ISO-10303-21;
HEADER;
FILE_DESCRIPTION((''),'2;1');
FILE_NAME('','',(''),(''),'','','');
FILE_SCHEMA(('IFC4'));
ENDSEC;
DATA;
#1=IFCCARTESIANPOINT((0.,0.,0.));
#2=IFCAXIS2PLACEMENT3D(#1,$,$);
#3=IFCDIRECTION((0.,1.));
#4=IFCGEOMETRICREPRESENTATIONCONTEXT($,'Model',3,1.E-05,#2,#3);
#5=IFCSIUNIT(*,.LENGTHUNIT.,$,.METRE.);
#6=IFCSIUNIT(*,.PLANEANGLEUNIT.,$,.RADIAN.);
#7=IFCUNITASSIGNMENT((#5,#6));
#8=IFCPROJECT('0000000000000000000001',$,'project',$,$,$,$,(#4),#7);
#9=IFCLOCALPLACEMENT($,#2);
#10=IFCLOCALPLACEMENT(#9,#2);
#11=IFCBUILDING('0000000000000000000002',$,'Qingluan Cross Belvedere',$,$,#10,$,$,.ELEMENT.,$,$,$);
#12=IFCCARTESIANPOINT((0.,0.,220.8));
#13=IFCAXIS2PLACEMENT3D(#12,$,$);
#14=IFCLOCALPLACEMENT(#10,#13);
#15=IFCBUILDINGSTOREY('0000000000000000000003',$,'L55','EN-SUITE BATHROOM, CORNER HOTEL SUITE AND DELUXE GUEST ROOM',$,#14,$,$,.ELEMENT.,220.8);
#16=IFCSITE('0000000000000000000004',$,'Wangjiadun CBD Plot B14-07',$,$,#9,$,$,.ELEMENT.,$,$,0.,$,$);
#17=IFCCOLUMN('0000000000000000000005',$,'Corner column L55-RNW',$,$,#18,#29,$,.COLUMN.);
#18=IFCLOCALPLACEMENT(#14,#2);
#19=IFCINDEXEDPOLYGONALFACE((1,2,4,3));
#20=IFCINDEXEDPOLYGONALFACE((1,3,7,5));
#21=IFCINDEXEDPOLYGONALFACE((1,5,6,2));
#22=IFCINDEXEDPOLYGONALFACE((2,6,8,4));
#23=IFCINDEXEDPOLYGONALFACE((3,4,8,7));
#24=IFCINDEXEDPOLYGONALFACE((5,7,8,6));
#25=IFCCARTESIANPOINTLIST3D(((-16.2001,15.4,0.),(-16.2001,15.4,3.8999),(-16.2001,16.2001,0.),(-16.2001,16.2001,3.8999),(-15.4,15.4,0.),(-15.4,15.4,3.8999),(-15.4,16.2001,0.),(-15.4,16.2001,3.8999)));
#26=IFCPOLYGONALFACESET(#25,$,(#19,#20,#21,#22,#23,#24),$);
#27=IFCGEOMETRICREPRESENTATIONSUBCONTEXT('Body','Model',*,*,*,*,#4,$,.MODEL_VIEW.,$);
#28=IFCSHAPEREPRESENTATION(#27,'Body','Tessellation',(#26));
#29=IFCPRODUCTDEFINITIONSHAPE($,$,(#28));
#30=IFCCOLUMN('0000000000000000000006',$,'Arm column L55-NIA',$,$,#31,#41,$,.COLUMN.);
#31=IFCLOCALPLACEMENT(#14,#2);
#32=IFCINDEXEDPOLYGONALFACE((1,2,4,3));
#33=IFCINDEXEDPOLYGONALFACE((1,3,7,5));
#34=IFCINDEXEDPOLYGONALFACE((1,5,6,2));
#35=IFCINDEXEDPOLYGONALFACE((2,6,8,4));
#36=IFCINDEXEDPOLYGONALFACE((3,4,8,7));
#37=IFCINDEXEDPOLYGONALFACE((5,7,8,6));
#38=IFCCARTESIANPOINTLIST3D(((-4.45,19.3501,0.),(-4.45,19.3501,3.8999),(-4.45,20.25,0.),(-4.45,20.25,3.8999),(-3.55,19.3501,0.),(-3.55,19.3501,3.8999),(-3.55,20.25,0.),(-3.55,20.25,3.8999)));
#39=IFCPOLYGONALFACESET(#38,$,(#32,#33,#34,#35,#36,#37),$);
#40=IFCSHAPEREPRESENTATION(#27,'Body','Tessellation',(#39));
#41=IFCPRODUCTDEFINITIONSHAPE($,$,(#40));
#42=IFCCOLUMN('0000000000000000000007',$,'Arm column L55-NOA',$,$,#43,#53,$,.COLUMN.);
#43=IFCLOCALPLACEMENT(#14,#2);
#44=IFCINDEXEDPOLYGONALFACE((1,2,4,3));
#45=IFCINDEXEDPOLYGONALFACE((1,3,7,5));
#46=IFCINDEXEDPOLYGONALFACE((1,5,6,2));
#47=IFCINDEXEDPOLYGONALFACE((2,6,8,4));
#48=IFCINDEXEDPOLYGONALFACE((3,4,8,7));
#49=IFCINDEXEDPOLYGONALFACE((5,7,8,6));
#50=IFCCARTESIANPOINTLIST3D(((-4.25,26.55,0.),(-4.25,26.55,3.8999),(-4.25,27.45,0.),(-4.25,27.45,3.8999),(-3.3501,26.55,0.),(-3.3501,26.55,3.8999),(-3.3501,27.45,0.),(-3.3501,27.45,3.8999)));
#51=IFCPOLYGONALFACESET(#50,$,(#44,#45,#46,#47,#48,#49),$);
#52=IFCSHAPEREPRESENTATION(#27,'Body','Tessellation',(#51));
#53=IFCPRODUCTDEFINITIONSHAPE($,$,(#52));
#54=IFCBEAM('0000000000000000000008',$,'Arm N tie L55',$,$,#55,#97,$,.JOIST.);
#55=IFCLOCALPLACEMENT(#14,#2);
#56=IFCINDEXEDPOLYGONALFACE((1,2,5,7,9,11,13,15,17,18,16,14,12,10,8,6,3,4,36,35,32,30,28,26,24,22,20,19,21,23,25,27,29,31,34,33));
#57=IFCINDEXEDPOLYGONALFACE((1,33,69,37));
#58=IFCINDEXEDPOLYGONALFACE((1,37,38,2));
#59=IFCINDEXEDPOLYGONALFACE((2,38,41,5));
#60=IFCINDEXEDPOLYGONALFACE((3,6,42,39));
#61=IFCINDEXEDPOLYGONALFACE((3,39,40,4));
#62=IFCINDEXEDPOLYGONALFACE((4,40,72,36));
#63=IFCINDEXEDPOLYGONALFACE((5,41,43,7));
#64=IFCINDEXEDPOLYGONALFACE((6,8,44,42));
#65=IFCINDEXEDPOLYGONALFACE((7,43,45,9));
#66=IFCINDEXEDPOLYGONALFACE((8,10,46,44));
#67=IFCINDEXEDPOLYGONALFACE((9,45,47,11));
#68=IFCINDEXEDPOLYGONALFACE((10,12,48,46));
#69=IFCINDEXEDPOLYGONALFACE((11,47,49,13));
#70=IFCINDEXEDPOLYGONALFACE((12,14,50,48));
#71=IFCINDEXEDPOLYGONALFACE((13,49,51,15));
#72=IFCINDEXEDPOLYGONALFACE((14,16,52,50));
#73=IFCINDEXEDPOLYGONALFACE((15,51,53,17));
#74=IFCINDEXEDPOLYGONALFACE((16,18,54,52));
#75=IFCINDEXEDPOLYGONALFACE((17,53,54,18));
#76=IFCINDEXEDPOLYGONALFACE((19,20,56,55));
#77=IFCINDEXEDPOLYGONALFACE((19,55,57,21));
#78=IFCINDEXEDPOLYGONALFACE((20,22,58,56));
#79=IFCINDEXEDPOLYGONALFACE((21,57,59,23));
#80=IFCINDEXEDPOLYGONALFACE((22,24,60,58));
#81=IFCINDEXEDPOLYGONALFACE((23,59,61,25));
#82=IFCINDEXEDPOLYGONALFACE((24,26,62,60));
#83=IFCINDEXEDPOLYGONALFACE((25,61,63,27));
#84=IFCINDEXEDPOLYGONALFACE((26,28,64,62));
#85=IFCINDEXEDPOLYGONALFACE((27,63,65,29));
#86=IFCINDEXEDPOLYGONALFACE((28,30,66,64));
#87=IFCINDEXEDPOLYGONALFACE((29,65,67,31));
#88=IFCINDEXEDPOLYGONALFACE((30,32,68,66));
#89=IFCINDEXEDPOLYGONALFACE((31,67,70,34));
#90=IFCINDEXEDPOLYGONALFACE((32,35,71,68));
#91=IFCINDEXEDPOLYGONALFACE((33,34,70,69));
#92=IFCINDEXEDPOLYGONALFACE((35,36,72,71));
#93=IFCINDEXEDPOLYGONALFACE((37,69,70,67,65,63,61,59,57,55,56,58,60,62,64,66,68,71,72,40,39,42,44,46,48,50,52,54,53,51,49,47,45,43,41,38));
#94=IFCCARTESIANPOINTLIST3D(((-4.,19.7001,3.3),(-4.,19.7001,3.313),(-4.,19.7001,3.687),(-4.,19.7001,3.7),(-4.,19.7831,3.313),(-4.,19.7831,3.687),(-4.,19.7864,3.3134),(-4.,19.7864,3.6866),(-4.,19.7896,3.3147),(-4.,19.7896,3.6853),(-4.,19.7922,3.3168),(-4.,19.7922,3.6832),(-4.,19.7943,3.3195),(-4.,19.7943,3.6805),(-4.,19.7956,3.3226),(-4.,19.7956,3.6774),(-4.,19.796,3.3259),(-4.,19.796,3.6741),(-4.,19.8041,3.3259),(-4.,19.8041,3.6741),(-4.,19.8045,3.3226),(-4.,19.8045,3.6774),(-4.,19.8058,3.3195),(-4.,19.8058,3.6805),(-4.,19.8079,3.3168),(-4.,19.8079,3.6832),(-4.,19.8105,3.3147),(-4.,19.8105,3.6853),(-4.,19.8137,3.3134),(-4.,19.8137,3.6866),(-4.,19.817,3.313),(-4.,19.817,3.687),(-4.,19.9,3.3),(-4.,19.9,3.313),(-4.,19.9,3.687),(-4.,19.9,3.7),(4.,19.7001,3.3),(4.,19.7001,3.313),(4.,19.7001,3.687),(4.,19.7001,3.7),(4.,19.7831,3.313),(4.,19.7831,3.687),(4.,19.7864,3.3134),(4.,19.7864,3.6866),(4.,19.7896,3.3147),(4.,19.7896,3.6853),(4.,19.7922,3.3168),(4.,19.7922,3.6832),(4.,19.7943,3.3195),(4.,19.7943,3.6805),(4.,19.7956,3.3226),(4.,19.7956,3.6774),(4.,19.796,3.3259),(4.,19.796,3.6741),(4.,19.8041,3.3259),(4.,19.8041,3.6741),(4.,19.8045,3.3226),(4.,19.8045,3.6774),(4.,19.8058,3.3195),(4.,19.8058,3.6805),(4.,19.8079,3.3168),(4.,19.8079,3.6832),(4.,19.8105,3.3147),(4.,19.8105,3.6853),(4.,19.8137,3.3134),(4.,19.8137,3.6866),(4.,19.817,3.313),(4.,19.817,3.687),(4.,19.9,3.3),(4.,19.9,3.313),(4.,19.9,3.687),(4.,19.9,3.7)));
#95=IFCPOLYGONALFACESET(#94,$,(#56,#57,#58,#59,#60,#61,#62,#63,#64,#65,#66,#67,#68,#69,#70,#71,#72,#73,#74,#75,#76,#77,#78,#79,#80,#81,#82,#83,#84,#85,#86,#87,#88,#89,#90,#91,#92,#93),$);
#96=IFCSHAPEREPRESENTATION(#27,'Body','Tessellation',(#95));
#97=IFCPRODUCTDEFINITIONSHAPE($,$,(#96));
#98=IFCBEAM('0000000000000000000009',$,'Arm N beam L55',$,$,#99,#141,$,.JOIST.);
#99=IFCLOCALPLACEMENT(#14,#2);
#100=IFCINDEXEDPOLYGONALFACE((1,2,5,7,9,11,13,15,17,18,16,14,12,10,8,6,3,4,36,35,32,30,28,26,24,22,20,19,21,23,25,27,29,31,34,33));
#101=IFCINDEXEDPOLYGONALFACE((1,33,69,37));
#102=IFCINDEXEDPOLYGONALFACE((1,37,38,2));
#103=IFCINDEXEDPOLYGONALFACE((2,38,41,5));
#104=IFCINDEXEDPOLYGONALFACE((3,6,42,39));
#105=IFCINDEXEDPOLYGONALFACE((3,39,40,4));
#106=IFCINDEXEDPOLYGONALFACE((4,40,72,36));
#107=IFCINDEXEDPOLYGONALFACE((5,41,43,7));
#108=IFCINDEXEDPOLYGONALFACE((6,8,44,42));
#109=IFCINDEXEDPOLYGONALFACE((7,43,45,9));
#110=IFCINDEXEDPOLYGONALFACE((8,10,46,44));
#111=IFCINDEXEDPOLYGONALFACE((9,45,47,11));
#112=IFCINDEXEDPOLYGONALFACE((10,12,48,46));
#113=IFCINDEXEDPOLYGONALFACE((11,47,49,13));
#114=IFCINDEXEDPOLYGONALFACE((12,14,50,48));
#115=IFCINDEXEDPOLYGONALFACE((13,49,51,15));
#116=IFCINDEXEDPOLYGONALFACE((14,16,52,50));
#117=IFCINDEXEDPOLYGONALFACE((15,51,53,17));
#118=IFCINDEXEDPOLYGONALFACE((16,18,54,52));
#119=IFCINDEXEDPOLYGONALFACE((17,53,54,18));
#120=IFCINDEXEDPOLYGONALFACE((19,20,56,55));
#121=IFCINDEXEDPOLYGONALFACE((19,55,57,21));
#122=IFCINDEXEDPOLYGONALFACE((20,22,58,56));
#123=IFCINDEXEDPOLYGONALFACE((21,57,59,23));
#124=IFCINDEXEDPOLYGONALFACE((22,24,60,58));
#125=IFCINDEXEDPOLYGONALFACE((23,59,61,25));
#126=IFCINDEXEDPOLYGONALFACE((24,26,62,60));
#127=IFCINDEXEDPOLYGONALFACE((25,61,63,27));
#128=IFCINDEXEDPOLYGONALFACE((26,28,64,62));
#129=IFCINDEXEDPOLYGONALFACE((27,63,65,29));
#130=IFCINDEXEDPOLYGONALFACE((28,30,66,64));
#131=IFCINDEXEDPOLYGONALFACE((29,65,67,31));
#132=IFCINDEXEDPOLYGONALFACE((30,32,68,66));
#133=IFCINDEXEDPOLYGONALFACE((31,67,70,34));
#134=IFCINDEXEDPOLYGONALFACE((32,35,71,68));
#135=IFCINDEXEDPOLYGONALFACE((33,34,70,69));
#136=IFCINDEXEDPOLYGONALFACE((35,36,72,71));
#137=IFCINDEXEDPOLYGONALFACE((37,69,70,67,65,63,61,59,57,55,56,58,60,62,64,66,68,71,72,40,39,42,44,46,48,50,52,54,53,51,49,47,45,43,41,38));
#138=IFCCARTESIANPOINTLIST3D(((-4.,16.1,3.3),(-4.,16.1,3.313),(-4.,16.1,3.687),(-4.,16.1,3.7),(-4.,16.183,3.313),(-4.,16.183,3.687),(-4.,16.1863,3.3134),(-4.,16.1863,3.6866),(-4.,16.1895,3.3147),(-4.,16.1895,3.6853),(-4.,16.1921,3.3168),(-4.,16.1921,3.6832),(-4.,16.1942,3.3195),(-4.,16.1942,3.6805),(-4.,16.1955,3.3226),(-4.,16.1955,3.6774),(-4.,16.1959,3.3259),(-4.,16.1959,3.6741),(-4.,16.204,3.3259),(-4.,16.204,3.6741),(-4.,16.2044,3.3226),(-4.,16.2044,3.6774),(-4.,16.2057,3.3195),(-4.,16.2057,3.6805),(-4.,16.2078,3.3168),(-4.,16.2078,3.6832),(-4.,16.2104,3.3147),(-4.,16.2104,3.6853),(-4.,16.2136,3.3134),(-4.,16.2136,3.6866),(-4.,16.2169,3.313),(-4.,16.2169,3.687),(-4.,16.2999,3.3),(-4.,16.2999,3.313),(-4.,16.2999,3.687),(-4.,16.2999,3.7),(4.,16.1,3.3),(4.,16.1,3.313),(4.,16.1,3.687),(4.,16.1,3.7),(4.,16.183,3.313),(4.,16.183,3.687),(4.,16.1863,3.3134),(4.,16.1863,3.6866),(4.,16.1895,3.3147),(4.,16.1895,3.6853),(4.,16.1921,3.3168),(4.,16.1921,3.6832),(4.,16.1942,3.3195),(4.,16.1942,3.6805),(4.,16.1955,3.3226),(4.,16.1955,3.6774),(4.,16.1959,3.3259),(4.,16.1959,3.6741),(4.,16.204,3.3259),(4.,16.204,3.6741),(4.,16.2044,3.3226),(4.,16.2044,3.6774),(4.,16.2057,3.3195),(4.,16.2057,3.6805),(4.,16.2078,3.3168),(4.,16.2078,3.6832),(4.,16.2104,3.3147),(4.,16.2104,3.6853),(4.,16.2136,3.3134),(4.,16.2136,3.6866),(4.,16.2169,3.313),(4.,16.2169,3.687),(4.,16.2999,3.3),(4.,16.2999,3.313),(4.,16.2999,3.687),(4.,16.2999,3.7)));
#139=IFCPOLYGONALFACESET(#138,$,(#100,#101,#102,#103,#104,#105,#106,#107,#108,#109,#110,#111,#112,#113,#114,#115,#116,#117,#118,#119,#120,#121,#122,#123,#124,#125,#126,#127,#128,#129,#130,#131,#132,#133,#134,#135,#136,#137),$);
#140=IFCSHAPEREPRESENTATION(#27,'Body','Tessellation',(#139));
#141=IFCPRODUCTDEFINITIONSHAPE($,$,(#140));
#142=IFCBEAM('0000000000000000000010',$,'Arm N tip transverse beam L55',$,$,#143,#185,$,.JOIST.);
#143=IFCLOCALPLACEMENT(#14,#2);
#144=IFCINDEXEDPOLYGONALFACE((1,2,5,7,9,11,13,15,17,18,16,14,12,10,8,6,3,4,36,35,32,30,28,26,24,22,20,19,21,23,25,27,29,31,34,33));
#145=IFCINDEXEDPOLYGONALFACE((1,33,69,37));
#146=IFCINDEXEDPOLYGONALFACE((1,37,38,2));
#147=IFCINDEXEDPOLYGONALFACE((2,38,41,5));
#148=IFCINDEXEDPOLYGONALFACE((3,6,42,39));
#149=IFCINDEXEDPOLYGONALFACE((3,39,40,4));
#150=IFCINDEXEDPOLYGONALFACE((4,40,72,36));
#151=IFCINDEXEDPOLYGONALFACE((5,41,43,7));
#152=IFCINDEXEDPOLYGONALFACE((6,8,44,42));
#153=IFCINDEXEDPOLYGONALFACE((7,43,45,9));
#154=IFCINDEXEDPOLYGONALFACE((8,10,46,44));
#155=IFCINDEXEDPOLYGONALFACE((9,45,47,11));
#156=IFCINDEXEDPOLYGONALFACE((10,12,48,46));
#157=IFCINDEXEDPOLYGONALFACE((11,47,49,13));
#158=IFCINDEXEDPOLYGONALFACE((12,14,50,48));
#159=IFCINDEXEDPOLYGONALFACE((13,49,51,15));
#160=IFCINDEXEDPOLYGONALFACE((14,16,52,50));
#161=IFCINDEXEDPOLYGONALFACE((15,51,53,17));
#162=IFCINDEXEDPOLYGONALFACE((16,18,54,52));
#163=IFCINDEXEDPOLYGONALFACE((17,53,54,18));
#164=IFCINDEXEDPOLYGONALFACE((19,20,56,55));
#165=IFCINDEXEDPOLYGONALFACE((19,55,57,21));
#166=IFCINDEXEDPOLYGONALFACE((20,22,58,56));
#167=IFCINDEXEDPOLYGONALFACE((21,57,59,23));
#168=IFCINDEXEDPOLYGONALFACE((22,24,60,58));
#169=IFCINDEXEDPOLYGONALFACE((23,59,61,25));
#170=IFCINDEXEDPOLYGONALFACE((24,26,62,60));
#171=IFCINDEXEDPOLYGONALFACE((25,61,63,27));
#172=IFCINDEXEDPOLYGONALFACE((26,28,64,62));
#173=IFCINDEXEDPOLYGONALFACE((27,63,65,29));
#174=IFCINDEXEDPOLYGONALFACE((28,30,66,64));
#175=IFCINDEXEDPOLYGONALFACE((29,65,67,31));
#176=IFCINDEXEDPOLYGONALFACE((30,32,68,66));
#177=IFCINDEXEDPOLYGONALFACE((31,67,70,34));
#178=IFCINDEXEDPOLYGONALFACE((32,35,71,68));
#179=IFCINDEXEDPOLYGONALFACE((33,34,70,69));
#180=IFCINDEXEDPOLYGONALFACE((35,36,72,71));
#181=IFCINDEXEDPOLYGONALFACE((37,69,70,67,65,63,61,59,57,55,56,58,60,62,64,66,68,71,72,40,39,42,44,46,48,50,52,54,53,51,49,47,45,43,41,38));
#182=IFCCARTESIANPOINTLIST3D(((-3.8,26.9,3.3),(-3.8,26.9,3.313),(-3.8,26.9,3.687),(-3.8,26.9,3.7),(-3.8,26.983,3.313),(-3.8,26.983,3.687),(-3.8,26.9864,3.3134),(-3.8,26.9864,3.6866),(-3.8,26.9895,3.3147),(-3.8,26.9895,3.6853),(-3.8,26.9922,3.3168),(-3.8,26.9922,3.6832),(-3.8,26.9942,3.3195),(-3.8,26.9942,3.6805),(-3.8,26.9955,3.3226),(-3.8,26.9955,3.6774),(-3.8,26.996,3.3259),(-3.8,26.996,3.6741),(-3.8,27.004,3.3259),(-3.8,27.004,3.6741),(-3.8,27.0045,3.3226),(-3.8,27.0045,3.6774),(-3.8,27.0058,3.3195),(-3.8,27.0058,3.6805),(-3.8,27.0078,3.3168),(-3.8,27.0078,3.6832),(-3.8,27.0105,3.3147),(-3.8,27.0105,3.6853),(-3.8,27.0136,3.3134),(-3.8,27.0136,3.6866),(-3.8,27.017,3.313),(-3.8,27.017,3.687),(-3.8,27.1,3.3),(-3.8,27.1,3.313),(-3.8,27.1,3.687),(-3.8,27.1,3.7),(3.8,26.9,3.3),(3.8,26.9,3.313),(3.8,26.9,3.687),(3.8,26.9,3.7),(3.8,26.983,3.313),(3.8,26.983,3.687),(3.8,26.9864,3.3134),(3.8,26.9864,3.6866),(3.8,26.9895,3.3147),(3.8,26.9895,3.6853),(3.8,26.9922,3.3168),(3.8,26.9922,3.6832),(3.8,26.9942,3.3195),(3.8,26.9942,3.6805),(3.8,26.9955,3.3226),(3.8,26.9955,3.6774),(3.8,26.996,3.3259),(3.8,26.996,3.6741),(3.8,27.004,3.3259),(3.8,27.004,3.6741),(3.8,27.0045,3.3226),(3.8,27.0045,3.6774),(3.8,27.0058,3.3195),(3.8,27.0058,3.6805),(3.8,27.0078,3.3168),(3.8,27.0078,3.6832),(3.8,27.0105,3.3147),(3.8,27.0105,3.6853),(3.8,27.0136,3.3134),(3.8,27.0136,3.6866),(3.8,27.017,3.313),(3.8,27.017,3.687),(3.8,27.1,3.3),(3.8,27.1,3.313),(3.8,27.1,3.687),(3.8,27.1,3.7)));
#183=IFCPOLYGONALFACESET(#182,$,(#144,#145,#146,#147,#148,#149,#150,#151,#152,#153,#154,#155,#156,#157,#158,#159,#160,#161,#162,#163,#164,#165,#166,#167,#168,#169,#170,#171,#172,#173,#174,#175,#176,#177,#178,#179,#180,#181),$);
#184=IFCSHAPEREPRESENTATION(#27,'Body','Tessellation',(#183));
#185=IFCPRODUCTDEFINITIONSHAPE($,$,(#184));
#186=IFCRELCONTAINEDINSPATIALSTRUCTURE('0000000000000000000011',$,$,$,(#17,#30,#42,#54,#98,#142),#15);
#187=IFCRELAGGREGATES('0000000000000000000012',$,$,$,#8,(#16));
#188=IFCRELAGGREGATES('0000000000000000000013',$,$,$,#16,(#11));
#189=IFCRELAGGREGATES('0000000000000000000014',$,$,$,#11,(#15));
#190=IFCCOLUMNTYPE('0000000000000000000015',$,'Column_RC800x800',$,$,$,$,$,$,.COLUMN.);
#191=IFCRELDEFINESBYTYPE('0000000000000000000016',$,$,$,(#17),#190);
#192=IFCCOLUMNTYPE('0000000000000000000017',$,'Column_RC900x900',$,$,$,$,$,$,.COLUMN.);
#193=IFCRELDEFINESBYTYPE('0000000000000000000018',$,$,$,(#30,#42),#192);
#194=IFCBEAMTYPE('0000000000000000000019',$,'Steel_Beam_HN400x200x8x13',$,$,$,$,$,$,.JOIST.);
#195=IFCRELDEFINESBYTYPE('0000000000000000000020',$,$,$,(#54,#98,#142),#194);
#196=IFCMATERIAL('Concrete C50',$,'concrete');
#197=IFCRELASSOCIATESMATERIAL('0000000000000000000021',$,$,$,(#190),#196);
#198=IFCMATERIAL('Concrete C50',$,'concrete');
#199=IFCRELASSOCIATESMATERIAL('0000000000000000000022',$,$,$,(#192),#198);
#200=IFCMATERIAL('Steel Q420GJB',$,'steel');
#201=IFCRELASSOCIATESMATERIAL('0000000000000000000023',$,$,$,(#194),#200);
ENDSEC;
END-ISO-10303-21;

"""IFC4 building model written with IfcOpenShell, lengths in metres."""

from ifc_helpers import new_model, si_unit, direction, frame, origin, origin_2d, place, context, subcontext, project, spatial, rectangle, i_section, extrude, material, material_profile, profile_set, type_object, element, save


model = new_model("IFC4")

# Units and contexts
model_context = context("Model", 3, precision=1e-05, world=origin(), true_north=direction((0.0, 1.0)))
body_context = subcontext(model_context, "Body", "Model", "MODEL_VIEW")
ifc_project = project(units=[si_unit("LENGTHUNIT", "METRE"), si_unit("PLANEANGLEUNIT", "RADIAN")], contexts=[model_context])

# Site, building, storey
site_placement = place(None, origin())
site = spatial("IfcSite", under=ifc_project, at=site_placement, Name="Wangjiadun CBD Plot B14-07", CompositionType="ELEMENT", RefElevation=0.0)
building_placement = place(site_placement, origin())
building = spatial("IfcBuilding", under=site, at=building_placement, Name="Qingluan Cross Belvedere", CompositionType="ELEMENT")
storey_placement = place(building_placement, frame((0.0, 0.0, 220.8)))
storey = spatial("IfcBuildingStorey", under=building, at=storey_placement, Name="L55", Description="EN-SUITE BATHROOM, CORNER HOTEL SUITE AND DELUXE GUEST ROOM", CompositionType="ELEMENT", Elevation=220.8)

# Columns
ifc_material_1 = material(Name="Concrete C50", Category="concrete")
ifc_material_profile_1 = material_profile(ifc_material_1, rectangle(XDim=0.8, YDim=0.8, at=origin_2d()), Name="RC800x800")
ifc_profile_set_1 = profile_set([ifc_material_profile_1], Name="Concrete C50")
column_type_1 = type_object("IfcColumnType", Name="Column_RC800x800", PredefinedType="COLUMN", material=ifc_profile_set_1)
column_placement = place(storey_placement, frame((-15.8, 15.8, 0.0), z_axis=(0.0, 0.0, 1.0), x_axis=(1.0, 0.0, 0.0)))
element("IfcColumn", 1, at=column_placement, inside=storey, type_object=column_type_1, Name="Corner column L55-RNW", PredefinedType="COLUMN", context=body_context, shape_type="SweptSolid", body=[
    extrude(rectangle(XDim=0.8, YDim=0.8, at=origin_2d()), origin(), (0.0, 0.0, 1.0), 3.8999),
])
ifc_material_2 = material(Name="Concrete C50", Category="concrete")
ifc_material_profile_2 = material_profile(ifc_material_2, rectangle(XDim=0.8999, YDim=0.8999, at=origin_2d()), Name="RC900x900")
ifc_profile_set_2 = profile_set([ifc_material_profile_2], Name="Concrete C50")
column_type_2 = type_object("IfcColumnType", Name="Column_RC900x900", PredefinedType="COLUMN", material=ifc_profile_set_2)
for number, where, z_axis, x_axis, name in (
    (2, (-4.0, 19.8, 0.0), (0.0, 0.0, 1.0), (1.0, 0.0, 0.0), "Arm column L55-NIA"),
    (3, (-3.8, 27.0, 0.0), (0.0, 0.0, 1.0), (1.0, 0.0, 0.0), "Arm column L55-NOA"),
):
    element("IfcColumn", number, at=place(storey_placement, frame(where, z_axis=z_axis, x_axis=x_axis)), inside=storey, type_object=column_type_2, Name=name, PredefinedType="COLUMN", context=body_context, shape_type="SweptSolid", body=[
        extrude(rectangle(XDim=0.8999, YDim=0.8999, at=origin_2d()), origin(), (0.0, 0.0, 1.0), 3.8999),
    ])

# Beams
ifc_material_3 = material(Name="Steel Q420GJB", Category="steel")
ifc_material_profile_3 = material_profile(ifc_material_3, i_section(OverallWidth=0.2, OverallDepth=0.3999, WebThickness=0.0081, FlangeThickness=0.0129, FilletRadius=0.0129, at=origin_2d()), Name="HN400x200x8x13")
ifc_profile_set_3 = profile_set([ifc_material_profile_3], Name="Steel Q420GJB")
beam_type_1 = type_object("IfcBeamType", Name="Steel_Beam_HN400x200x8x13", PredefinedType="JOIST", material=ifc_profile_set_3)
for number, where, z_axis, x_axis, name in (
    (4, (-4.0, 19.8, 3.5), (1.0, 0.0, 0.0), (0.0, 1.0, 0.0), "Arm N tie L55"),
    (5, (-4.0, 16.2, 3.5), (1.0, 0.0, 0.0), (0.0, 1.0, 0.0), "Arm N beam L55"),
):
    element("IfcBeam", number, at=place(storey_placement, frame(where, z_axis=z_axis, x_axis=x_axis)), inside=storey, type_object=beam_type_1, Name=name, PredefinedType="JOIST", context=body_context, shape_type="SweptSolid", body=[
        extrude(i_section(OverallWidth=0.2, OverallDepth=0.3999, WebThickness=0.0081, FlangeThickness=0.0129, FilletRadius=0.0129, at=origin_2d()), origin(), (0.0, 0.0, 1.0), 8.0),
    ])
beam_1_placement = place(storey_placement, frame((-3.8, 27.0, 3.5), z_axis=(1.0, 0.0, 0.0), x_axis=(0.0, 1.0, 0.0)))
element("IfcBeam", 6, at=beam_1_placement, inside=storey, type_object=beam_type_1, Name="Arm N tip transverse beam L55", PredefinedType="JOIST", context=body_context, shape_type="SweptSolid", body=[
    extrude(i_section(OverallWidth=0.2, OverallDepth=0.3999, WebThickness=0.0081, FlangeThickness=0.0129, FilletRadius=0.0129, at=origin_2d()), origin(), (0.0, 0.0, 1.0), 7.6001),
])

save(model, "model.ifc")
